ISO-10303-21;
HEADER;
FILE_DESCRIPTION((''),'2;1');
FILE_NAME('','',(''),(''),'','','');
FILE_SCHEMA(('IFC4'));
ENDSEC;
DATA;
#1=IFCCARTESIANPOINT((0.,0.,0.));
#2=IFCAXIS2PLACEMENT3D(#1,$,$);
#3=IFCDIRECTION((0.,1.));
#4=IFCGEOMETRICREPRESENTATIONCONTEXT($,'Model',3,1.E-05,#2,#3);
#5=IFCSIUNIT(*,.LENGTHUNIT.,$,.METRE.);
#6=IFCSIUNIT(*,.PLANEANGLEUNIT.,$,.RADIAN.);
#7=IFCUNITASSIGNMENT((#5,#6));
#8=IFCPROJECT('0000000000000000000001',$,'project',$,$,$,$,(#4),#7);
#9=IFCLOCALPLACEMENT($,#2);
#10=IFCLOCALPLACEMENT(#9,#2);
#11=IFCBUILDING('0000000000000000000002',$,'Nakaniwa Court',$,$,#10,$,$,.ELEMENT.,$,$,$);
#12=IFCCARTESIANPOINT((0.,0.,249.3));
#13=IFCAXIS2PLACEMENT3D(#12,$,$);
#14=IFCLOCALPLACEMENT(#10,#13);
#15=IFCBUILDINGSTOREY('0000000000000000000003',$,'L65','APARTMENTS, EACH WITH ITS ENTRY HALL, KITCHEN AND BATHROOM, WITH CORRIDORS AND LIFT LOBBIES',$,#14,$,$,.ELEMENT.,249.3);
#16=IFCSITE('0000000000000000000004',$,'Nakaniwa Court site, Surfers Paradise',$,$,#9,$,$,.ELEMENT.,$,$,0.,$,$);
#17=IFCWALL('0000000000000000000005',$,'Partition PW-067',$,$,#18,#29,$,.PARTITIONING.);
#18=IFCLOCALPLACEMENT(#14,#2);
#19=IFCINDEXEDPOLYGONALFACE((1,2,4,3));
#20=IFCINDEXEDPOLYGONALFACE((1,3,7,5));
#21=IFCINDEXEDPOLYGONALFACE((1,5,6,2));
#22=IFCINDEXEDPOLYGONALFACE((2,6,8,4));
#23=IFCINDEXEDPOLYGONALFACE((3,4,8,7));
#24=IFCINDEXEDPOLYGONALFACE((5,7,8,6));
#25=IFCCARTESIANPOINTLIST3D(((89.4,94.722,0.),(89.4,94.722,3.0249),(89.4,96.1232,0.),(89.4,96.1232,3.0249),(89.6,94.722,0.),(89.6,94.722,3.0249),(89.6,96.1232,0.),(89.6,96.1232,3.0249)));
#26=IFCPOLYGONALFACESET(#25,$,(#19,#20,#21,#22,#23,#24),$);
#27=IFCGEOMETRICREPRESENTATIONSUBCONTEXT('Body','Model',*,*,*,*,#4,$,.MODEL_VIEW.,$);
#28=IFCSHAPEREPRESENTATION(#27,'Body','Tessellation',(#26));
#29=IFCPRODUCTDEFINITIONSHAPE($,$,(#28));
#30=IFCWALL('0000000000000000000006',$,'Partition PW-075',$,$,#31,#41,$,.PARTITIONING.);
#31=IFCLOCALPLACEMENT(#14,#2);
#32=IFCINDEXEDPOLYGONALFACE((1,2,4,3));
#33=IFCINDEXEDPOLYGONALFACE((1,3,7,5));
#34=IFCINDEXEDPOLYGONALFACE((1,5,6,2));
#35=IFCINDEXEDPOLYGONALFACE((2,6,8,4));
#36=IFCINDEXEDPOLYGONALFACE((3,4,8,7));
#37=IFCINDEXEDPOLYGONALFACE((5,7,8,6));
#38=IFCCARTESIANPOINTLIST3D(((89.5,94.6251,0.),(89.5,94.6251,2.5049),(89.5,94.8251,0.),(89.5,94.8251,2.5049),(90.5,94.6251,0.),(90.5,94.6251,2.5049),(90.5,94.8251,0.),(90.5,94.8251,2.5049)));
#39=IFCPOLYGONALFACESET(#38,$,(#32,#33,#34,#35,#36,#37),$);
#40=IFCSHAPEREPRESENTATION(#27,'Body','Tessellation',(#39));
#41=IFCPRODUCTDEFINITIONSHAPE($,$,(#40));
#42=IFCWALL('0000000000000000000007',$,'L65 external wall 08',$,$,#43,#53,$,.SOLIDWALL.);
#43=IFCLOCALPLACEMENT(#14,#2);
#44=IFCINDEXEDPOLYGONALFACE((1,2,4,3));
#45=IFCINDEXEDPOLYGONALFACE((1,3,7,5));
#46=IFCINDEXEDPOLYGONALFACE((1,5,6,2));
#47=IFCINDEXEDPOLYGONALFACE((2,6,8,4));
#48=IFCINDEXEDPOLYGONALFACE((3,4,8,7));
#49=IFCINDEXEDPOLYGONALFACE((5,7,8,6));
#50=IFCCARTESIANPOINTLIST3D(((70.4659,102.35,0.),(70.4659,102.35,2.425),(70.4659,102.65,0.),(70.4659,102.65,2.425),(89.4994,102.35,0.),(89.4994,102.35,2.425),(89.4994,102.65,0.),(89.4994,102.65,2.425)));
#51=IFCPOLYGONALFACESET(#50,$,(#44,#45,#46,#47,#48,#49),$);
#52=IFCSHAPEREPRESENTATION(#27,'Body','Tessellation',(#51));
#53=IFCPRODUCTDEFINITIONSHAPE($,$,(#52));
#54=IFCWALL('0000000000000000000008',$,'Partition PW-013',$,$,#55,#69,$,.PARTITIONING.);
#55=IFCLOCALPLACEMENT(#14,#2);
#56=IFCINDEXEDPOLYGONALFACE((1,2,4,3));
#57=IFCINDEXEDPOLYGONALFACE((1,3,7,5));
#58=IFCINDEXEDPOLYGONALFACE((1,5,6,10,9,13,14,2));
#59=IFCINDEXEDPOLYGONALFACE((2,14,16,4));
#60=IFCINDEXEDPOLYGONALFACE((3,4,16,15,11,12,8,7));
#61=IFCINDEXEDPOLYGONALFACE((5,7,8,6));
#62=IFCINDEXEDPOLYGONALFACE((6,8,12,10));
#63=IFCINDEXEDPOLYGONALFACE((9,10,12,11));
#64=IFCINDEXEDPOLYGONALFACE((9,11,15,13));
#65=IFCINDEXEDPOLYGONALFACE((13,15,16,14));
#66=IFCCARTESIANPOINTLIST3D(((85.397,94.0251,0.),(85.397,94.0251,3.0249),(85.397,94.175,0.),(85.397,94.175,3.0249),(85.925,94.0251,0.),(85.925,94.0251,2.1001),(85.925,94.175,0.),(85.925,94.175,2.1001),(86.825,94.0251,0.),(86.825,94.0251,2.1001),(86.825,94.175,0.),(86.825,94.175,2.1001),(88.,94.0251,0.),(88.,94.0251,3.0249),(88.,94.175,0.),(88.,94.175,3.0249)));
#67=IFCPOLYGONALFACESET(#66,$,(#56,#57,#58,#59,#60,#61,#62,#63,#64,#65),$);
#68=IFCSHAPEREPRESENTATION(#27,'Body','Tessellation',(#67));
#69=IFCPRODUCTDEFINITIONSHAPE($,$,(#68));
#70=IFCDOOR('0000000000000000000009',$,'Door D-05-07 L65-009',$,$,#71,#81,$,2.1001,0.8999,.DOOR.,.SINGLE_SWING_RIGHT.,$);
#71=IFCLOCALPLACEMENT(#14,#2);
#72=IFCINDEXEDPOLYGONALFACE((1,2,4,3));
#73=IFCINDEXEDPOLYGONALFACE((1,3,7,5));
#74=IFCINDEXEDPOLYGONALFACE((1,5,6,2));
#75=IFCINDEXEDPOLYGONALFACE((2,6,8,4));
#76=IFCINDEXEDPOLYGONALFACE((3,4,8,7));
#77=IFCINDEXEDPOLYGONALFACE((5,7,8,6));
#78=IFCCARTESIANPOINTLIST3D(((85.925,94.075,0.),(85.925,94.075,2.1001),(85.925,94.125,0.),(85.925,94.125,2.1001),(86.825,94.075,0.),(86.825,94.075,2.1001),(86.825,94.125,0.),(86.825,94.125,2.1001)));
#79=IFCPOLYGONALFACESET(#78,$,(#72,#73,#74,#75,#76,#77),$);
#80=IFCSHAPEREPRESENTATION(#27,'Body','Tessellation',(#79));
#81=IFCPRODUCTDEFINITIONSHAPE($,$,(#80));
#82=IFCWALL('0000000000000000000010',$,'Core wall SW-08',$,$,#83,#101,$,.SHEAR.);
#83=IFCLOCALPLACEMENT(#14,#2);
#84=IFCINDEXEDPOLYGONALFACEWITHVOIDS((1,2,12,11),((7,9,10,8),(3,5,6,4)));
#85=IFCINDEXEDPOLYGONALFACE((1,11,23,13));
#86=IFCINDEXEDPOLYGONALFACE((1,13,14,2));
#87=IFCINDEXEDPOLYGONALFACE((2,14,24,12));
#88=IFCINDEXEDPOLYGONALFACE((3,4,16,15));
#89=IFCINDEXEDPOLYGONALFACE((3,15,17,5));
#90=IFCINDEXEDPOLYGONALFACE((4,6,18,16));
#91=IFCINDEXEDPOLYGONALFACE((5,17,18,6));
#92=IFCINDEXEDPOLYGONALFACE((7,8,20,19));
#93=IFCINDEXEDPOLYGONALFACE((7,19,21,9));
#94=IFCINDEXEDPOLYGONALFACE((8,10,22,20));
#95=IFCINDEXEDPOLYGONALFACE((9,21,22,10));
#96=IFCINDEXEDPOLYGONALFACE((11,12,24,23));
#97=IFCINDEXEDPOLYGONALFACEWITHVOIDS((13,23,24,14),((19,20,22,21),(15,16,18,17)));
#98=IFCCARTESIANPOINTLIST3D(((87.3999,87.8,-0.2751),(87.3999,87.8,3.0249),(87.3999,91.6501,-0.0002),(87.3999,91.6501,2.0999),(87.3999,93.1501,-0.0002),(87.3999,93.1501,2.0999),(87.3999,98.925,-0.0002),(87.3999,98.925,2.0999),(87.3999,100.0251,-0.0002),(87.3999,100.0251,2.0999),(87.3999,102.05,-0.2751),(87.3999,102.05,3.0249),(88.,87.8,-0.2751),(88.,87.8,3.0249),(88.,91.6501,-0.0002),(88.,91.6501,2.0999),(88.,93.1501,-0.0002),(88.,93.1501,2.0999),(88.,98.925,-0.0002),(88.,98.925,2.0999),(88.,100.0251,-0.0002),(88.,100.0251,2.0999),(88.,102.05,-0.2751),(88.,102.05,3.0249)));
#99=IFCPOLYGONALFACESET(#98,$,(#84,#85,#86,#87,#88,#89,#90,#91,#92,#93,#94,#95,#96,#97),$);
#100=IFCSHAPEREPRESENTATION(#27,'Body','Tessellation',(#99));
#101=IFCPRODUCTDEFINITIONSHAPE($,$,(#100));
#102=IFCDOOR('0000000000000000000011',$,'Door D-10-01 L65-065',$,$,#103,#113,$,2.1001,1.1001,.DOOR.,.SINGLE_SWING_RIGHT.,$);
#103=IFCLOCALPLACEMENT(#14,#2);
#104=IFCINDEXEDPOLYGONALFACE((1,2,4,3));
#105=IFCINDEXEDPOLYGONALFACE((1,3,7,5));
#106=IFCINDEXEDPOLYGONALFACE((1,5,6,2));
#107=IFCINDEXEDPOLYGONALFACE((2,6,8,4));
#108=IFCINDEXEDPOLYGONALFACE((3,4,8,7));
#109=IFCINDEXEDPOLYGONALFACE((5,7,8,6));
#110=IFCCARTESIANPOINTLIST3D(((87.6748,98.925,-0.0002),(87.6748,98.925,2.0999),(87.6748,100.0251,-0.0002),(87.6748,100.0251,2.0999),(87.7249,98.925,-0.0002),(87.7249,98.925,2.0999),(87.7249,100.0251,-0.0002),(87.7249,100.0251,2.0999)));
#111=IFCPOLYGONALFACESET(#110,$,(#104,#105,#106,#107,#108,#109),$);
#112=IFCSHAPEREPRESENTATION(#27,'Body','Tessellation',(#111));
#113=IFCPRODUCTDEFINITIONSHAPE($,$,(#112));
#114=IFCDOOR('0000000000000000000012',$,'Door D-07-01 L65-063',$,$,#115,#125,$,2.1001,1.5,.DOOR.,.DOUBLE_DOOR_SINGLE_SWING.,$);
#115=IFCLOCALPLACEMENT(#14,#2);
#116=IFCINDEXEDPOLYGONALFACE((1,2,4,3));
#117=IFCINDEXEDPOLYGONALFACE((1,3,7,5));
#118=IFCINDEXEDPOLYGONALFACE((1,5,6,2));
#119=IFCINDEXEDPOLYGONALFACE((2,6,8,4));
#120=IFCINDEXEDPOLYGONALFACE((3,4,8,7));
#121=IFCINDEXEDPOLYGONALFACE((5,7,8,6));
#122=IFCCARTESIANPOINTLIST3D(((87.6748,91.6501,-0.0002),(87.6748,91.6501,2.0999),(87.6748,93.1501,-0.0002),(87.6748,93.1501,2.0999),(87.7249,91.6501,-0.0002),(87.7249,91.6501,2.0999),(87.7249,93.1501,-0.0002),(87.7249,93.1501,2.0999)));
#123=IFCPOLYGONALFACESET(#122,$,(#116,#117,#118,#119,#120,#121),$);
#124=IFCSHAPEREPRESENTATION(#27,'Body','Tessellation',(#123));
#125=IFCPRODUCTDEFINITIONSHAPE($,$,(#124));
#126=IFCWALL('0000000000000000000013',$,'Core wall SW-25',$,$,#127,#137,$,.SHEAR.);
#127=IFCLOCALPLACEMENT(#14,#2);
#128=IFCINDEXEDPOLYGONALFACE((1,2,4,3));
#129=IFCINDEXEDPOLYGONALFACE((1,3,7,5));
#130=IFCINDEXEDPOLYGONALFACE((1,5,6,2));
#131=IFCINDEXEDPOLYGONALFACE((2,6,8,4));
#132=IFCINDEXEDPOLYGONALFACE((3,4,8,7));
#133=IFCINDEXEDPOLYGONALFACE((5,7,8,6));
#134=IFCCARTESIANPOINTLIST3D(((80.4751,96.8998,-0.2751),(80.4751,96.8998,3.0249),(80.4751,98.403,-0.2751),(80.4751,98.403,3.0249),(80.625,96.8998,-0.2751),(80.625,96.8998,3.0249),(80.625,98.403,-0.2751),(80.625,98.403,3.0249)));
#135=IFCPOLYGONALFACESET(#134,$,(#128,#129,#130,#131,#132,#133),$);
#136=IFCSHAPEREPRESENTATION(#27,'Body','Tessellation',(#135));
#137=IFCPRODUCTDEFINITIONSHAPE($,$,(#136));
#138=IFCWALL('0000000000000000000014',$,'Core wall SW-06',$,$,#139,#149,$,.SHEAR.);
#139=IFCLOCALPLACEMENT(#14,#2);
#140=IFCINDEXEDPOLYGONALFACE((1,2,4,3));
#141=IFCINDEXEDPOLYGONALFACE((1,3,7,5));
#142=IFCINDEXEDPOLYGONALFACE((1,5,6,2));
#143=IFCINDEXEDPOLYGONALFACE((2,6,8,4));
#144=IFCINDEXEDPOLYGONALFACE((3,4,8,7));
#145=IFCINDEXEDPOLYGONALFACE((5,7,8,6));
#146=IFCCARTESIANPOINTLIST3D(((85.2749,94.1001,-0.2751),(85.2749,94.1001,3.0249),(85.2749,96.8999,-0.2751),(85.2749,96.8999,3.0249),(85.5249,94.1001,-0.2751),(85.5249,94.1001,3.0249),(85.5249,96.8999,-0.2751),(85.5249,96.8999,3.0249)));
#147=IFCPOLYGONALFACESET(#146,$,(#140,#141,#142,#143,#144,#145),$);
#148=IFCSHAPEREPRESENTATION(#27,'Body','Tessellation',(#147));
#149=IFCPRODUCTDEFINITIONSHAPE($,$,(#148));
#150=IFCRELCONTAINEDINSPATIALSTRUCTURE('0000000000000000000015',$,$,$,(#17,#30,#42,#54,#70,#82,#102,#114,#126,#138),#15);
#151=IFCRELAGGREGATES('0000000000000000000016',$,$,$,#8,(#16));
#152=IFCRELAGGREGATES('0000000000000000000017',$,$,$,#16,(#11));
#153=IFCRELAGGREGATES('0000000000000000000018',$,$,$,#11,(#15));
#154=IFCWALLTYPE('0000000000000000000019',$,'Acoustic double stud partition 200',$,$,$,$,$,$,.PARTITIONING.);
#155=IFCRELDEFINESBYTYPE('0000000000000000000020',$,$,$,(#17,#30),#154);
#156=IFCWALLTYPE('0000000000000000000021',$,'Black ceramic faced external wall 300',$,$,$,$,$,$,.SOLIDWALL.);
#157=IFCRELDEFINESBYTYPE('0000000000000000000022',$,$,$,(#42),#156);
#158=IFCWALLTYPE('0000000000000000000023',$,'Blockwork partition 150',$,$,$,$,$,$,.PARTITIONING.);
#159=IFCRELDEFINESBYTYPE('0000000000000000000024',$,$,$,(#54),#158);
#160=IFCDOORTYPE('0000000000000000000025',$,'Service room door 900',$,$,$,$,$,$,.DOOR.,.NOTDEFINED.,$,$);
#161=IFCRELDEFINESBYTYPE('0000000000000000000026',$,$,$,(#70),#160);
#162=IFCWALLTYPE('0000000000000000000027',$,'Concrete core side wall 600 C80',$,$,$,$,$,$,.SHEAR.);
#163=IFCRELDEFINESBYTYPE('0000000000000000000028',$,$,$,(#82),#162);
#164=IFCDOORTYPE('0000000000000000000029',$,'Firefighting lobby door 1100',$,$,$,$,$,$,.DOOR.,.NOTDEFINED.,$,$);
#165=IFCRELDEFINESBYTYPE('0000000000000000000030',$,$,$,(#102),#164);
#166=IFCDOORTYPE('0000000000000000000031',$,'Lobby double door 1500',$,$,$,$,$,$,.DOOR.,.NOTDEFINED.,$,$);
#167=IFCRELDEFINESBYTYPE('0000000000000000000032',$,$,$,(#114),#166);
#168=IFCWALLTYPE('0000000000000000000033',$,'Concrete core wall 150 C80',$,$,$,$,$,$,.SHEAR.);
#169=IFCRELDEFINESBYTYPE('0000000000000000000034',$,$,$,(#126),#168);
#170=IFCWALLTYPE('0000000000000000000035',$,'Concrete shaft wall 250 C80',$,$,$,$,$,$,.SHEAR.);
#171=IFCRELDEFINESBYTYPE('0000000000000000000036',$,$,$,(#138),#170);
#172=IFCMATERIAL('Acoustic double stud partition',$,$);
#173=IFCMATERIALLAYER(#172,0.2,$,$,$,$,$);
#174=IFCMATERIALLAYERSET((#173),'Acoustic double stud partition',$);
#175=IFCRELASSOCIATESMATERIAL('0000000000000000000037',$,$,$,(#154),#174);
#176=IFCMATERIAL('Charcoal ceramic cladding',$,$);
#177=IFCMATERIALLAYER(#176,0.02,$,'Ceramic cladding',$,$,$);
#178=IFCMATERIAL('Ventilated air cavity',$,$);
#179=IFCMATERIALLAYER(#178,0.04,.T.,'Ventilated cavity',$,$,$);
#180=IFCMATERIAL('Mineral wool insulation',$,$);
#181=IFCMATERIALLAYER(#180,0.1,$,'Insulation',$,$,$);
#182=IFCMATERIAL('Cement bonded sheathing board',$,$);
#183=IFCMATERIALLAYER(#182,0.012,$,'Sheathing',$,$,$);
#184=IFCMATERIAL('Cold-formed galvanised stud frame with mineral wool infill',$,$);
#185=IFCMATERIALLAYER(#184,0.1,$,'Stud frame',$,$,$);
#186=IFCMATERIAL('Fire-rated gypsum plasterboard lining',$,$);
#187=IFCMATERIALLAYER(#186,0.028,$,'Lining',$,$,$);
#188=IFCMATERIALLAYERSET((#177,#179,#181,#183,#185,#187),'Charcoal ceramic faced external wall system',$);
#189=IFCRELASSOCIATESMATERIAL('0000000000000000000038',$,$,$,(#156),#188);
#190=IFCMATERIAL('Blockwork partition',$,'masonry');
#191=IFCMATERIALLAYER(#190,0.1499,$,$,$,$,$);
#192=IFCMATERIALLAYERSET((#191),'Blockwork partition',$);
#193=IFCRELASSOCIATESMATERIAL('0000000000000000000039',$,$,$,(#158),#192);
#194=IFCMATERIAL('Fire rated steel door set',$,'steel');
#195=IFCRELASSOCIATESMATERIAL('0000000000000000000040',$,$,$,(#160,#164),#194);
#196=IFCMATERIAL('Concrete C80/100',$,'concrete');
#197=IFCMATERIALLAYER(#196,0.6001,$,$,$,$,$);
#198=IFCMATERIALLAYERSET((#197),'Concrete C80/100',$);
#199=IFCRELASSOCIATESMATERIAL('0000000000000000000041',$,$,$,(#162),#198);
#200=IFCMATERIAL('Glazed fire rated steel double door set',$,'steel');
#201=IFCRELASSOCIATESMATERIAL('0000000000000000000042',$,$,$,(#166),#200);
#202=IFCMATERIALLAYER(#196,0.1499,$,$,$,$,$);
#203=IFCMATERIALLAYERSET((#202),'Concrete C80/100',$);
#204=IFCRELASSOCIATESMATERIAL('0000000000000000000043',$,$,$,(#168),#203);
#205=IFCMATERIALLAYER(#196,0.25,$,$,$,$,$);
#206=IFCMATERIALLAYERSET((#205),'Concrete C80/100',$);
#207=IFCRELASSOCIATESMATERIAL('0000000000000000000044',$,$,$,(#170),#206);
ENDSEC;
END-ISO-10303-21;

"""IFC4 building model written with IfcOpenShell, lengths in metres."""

from ifc_helpers import new_model, si_unit, direction, frame, frame_2d, origin, place, context, subcontext, project, spatial, rectangle, extrude, material, layer, layer_set, type_object, element, fill, save


model = new_model("IFC4")

# Units and contexts
model_context = context("Model", 3, precision=1e-05, world=origin(), true_north=direction((0.0, 1.0)))
body_context = subcontext(model_context, "Body", "Model", "MODEL_VIEW")
ifc_project = project(units=[si_unit("LENGTHUNIT", "METRE"), si_unit("PLANEANGLEUNIT", "RADIAN")], contexts=[model_context])

# Site, building, storey
site_placement = place(None, origin())
site = spatial("IfcSite", under=ifc_project, at=site_placement, Name="Nakaniwa Court site, Surfers Paradise", CompositionType="ELEMENT", RefElevation=0.0)
building_placement = place(site_placement, origin())
building = spatial("IfcBuilding", under=site, at=building_placement, Name="Nakaniwa Court", CompositionType="ELEMENT")
storey_placement = place(building_placement, frame((0.0, 0.0, 249.3)))
storey = spatial("IfcBuildingStorey", under=building, at=storey_placement, Name="L65", Description="APARTMENTS, EACH WITH ITS ENTRY HALL, KITCHEN AND BATHROOM, WITH CORRIDORS AND LIFT LOBBIES", CompositionType="ELEMENT", Elevation=249.3)

# Walls
ifc_material_1 = material(Name="Acoustic double stud partition")
ifc_layer_1 = layer(ifc_material_1, 0.2)
ifc_layer_set_1 = layer_set([ifc_layer_1], Name="Acoustic double stud partition")
wall_type_1 = type_object("IfcWallType", Name="Acoustic double stud partition 200", PredefinedType="PARTITIONING", material=ifc_layer_set_1)
wall_1_placement = place(storey_placement, frame((89.5, 94.7219, 0.0), z_axis=(0.0, 0.0, 1.0), x_axis=(0.0, 1.0, 0.0)))
element("IfcWall", 1, at=wall_1_placement, inside=storey, type_object=wall_type_1, Name="Partition PW-067", PredefinedType="PARTITIONING", context=body_context, shape_type="SweptSolid", body=[
    extrude(rectangle(XDim=1.4011, YDim=0.2, at=frame_2d((0.7007, 0.0))), origin(), (0.0, 0.0, 1.0), 3.0249),
])
wall_2_placement = place(storey_placement, frame((89.5, 94.7251, 0.0), z_axis=(0.0, 0.0, 1.0), x_axis=(1.0, 0.0, 0.0)))
element("IfcWall", 2, at=wall_2_placement, inside=storey, type_object=wall_type_1, Name="Partition PW-075", PredefinedType="PARTITIONING", context=body_context, shape_type="SweptSolid", body=[
    extrude(rectangle(XDim=1.0, YDim=0.2, at=frame_2d((0.5, 0.0))), origin(), (0.0, 0.0, 1.0), 2.5049),
])
ifc_material_2 = material(Name="Charcoal ceramic cladding")
ifc_layer_2 = layer(ifc_material_2, 0.02, Name="Ceramic cladding")
ifc_material_3 = material(Name="Ventilated air cavity")
ifc_layer_3 = layer(ifc_material_3, 0.04, ventilated=True, Name="Ventilated cavity")
ifc_material_4 = material(Name="Mineral wool insulation")
ifc_layer_4 = layer(ifc_material_4, 0.1, Name="Insulation")
ifc_material_5 = material(Name="Cement bonded sheathing board")
ifc_layer_5 = layer(ifc_material_5, 0.012, Name="Sheathing")
ifc_material_6 = material(Name="Cold-formed galvanised stud frame with mineral wool infill")
ifc_layer_6 = layer(ifc_material_6, 0.1, Name="Stud frame")
ifc_material_7 = material(Name="Fire-rated gypsum plasterboard lining")
ifc_layer_7 = layer(ifc_material_7, 0.028, Name="Lining")
ifc_layer_set_2 = layer_set([ifc_layer_2, ifc_layer_3, ifc_layer_4, ifc_layer_5, ifc_layer_6, ifc_layer_7], Name="Charcoal ceramic faced external wall system")
wall_type_2 = type_object("IfcWallType", Name="Black ceramic faced external wall 300", PredefinedType="SOLIDWALL", material=ifc_layer_set_2)
wall_3_placement = place(storey_placement, frame((89.4993, 102.5, 0.0), z_axis=(0.0, 0.0, 1.0), x_axis=(-1.0, 0.0, 0.0)))
element("IfcWall", 3, at=wall_3_placement, inside=storey, type_object=wall_type_2, Name="L65 external wall 08", PredefinedType="SOLIDWALL", context=body_context, shape_type="SweptSolid", body=[
    extrude(rectangle(XDim=19.0334, YDim=0.3, at=frame_2d((9.5166, 0.0))), origin(), (0.0, 0.0, 1.0), 2.425),
])

# Wall, opening, door
ifc_material_8 = material(Name="Blockwork partition", Category="masonry")
ifc_layer_8 = layer(ifc_material_8, 0.1499)
ifc_layer_set_3 = layer_set([ifc_layer_8], Name="Blockwork partition")
wall_type_3 = type_object("IfcWallType", Name="Blockwork partition 150", PredefinedType="PARTITIONING", material=ifc_layer_set_3)
wall_4_placement = place(storey_placement, frame((85.397, 94.1001, 0.0), z_axis=(0.0, 0.0, 1.0), x_axis=(1.0, 0.0, 0.0)))
wall_4 = element("IfcWall", 4, at=wall_4_placement, inside=storey, type_object=wall_type_3, Name="Partition PW-013", PredefinedType="PARTITIONING", context=body_context, shape_type="SweptSolid", body=[
    extrude(rectangle(XDim=2.603, YDim=0.1499, at=frame_2d((1.3015, 0.0))), origin(), (0.0, 0.0, 1.0), 3.0249),
])
opening_1_placement = place(wall_4_placement, frame((0.5281, 0.0, 0.0)))
opening_1 = element("IfcOpeningElement", 5, at=opening_1_placement, cuts=wall_4, PredefinedType="OPENING", context=body_context, shape_type="SweptSolid", body=[
    extrude(rectangle(XDim=0.8999, YDim=2.1001, at=frame_2d((0.45, 1.05))), frame((0.0, 0.085, 0.0), z_axis=(0.0, -1.0, 0.0), x_axis=(1.0, 0.0, 0.0)), (0.0, 0.0, 1.0), 0.1699),
])
ifc_material_9 = material(Name="Fire rated steel door set", Category="steel")
door_type_1 = type_object("IfcDoorType", Name="Service room door 900", OperationType="NOTDEFINED", PredefinedType="DOOR", material=ifc_material_9)
door_1_placement = place(opening_1_placement, origin())
door_1 = element("IfcDoor", 6, at=door_1_placement, inside=storey, type_object=door_type_1, Name="Door D-05-07 L65-009", OperationType="SINGLE_SWING_RIGHT", OverallHeight=2.1001, OverallWidth=0.8999, PredefinedType="DOOR", context=body_context, shape_type="SweptSolid", body=[
    extrude(rectangle(XDim=0.8999, YDim=2.1001, at=frame_2d((0.45, 1.05))), frame((0.0, 0.0249, 0.0), z_axis=(0.0, -1.0, 0.0), x_axis=(1.0, 0.0, 0.0)), (0.0, 0.0, 1.0), 0.05),
])
fill(opening_1, door_1)

# Wall, openings, doors
ifc_material_10 = material(Name="Concrete C80/100", Category="concrete")
ifc_layer_9 = layer(ifc_material_10, 0.6001)
ifc_layer_set_4 = layer_set([ifc_layer_9], Name="Concrete C80/100")
wall_type_4 = type_object("IfcWallType", Name="Concrete core side wall 600 C80", PredefinedType="SHEAR", material=ifc_layer_set_4)
wall_5_placement = place(storey_placement, frame((87.7, 102.05, -0.2751), z_axis=(0.0, 0.0, 1.0), x_axis=(0.0, -1.0, 0.0)))
wall_5 = element("IfcWall", 7, at=wall_5_placement, inside=storey, type_object=wall_type_4, Name="Core wall SW-08", PredefinedType="SHEAR", context=body_context, shape_type="SweptSolid", body=[
    extrude(rectangle(XDim=14.25, YDim=0.6001, at=frame_2d((7.125, 0.0))), origin(), (0.0, 0.0, 1.0), 3.3),
])
opening_2_placement = place(wall_5_placement, frame((8.8999, 0.0, 0.2749)))
opening_2 = element("IfcOpeningElement", 8, at=opening_2_placement, cuts=wall_5, PredefinedType="OPENING", context=body_context, shape_type="SweptSolid", body=[
    extrude(rectangle(XDim=1.5, YDim=2.1001, at=frame_2d((0.75, 1.05))), frame((0.0, 0.3101, 0.0), z_axis=(0.0, -1.0, 0.0), x_axis=(1.0, 0.0, 0.0)), (0.0, 0.0, 1.0), 0.6201),
])
opening_3_placement = place(wall_5_placement, frame((2.0249, 0.0, 0.2749)))
opening_3 = element("IfcOpeningElement", 9, at=opening_3_placement, cuts=wall_5, PredefinedType="OPENING", context=body_context, shape_type="SweptSolid", body=[
    extrude(rectangle(XDim=1.1001, YDim=2.1001, at=frame_2d((0.55, 1.05))), frame((0.0, 0.3101, 0.0), z_axis=(0.0, -1.0, 0.0), x_axis=(1.0, 0.0, 0.0)), (0.0, 0.0, 1.0), 0.6201),
])
door_type_2 = type_object("IfcDoorType", Name="Firefighting lobby door 1100", OperationType="NOTDEFINED", PredefinedType="DOOR", material=ifc_material_9)
door_2_placement = place(opening_3_placement, origin())
door_2 = element("IfcDoor", 10, at=door_2_placement, inside=storey, type_object=door_type_2, Name="Door D-10-01 L65-065", OperationType="SINGLE_SWING_RIGHT", OverallHeight=2.1001, OverallWidth=1.1001, PredefinedType="DOOR", context=body_context, shape_type="SweptSolid", body=[
    extrude(rectangle(XDim=1.1001, YDim=2.1001, at=frame_2d((0.55, 1.05))), frame((0.0, 0.0249, 0.0), z_axis=(0.0, -1.0, 0.0), x_axis=(1.0, 0.0, 0.0)), (0.0, 0.0, 1.0), 0.05),
])
fill(opening_3, door_2)
ifc_material_11 = material(Name="Glazed fire rated steel double door set", Category="steel")
door_type_3 = type_object("IfcDoorType", Name="Lobby double door 1500", OperationType="NOTDEFINED", PredefinedType="DOOR", material=ifc_material_11)
door_3_placement = place(opening_2_placement, origin())
door_3 = element("IfcDoor", 11, at=door_3_placement, inside=storey, type_object=door_type_3, Name="Door D-07-01 L65-063", OperationType="DOUBLE_DOOR_SINGLE_SWING", OverallHeight=2.1001, OverallWidth=1.5, PredefinedType="DOOR", context=body_context, shape_type="SweptSolid", body=[
    extrude(rectangle(XDim=1.5, YDim=2.1001, at=frame_2d((0.75, 1.05))), frame((0.0, 0.0249, 0.0), z_axis=(0.0, -1.0, 0.0), x_axis=(1.0, 0.0, 0.0)), (0.0, 0.0, 1.0), 0.05),
])
fill(opening_2, door_3)

# Walls
ifc_layer_10 = layer(ifc_material_10, 0.1499)
ifc_layer_set_5 = layer_set([ifc_layer_10], Name="Concrete C80/100")
wall_type_5 = type_object("IfcWallType", Name="Concrete core wall 150 C80", PredefinedType="SHEAR", material=ifc_layer_set_5)
wall_6_placement = place(storey_placement, frame((80.55, 96.8999, -0.2751), z_axis=(0.0, 0.0, 1.0), x_axis=(0.0, 1.0, 0.0)))
element("IfcWall", 12, at=wall_6_placement, inside=storey, type_object=wall_type_5, Name="Core wall SW-25", PredefinedType="SHEAR", context=body_context, shape_type="SweptSolid", body=[
    extrude(rectangle(XDim=1.5032, YDim=0.1499, at=frame_2d((0.7515, 0.0))), origin(), (0.0, 0.0, 1.0), 3.3),
])
ifc_layer_11 = layer(ifc_material_10, 0.25)
ifc_layer_set_6 = layer_set([ifc_layer_11], Name="Concrete C80/100")
wall_type_6 = type_object("IfcWallType", Name="Concrete shaft wall 250 C80", PredefinedType="SHEAR", material=ifc_layer_set_6)
wall_7_placement = place(storey_placement, frame((85.3999, 94.1001, -0.2751), z_axis=(0.0, 0.0, 1.0), x_axis=(0.0, 1.0, 0.0)))
element("IfcWall", 13, at=wall_7_placement, inside=storey, type_object=wall_type_6, Name="Core wall SW-06", PredefinedType="SHEAR", context=body_context, shape_type="SweptSolid", body=[
    extrude(rectangle(XDim=2.7998, YDim=0.25, at=frame_2d((1.3999, 0.0))), origin(), (0.0, 0.0, 1.0), 3.3),
])

save(model, "model.ifc")
